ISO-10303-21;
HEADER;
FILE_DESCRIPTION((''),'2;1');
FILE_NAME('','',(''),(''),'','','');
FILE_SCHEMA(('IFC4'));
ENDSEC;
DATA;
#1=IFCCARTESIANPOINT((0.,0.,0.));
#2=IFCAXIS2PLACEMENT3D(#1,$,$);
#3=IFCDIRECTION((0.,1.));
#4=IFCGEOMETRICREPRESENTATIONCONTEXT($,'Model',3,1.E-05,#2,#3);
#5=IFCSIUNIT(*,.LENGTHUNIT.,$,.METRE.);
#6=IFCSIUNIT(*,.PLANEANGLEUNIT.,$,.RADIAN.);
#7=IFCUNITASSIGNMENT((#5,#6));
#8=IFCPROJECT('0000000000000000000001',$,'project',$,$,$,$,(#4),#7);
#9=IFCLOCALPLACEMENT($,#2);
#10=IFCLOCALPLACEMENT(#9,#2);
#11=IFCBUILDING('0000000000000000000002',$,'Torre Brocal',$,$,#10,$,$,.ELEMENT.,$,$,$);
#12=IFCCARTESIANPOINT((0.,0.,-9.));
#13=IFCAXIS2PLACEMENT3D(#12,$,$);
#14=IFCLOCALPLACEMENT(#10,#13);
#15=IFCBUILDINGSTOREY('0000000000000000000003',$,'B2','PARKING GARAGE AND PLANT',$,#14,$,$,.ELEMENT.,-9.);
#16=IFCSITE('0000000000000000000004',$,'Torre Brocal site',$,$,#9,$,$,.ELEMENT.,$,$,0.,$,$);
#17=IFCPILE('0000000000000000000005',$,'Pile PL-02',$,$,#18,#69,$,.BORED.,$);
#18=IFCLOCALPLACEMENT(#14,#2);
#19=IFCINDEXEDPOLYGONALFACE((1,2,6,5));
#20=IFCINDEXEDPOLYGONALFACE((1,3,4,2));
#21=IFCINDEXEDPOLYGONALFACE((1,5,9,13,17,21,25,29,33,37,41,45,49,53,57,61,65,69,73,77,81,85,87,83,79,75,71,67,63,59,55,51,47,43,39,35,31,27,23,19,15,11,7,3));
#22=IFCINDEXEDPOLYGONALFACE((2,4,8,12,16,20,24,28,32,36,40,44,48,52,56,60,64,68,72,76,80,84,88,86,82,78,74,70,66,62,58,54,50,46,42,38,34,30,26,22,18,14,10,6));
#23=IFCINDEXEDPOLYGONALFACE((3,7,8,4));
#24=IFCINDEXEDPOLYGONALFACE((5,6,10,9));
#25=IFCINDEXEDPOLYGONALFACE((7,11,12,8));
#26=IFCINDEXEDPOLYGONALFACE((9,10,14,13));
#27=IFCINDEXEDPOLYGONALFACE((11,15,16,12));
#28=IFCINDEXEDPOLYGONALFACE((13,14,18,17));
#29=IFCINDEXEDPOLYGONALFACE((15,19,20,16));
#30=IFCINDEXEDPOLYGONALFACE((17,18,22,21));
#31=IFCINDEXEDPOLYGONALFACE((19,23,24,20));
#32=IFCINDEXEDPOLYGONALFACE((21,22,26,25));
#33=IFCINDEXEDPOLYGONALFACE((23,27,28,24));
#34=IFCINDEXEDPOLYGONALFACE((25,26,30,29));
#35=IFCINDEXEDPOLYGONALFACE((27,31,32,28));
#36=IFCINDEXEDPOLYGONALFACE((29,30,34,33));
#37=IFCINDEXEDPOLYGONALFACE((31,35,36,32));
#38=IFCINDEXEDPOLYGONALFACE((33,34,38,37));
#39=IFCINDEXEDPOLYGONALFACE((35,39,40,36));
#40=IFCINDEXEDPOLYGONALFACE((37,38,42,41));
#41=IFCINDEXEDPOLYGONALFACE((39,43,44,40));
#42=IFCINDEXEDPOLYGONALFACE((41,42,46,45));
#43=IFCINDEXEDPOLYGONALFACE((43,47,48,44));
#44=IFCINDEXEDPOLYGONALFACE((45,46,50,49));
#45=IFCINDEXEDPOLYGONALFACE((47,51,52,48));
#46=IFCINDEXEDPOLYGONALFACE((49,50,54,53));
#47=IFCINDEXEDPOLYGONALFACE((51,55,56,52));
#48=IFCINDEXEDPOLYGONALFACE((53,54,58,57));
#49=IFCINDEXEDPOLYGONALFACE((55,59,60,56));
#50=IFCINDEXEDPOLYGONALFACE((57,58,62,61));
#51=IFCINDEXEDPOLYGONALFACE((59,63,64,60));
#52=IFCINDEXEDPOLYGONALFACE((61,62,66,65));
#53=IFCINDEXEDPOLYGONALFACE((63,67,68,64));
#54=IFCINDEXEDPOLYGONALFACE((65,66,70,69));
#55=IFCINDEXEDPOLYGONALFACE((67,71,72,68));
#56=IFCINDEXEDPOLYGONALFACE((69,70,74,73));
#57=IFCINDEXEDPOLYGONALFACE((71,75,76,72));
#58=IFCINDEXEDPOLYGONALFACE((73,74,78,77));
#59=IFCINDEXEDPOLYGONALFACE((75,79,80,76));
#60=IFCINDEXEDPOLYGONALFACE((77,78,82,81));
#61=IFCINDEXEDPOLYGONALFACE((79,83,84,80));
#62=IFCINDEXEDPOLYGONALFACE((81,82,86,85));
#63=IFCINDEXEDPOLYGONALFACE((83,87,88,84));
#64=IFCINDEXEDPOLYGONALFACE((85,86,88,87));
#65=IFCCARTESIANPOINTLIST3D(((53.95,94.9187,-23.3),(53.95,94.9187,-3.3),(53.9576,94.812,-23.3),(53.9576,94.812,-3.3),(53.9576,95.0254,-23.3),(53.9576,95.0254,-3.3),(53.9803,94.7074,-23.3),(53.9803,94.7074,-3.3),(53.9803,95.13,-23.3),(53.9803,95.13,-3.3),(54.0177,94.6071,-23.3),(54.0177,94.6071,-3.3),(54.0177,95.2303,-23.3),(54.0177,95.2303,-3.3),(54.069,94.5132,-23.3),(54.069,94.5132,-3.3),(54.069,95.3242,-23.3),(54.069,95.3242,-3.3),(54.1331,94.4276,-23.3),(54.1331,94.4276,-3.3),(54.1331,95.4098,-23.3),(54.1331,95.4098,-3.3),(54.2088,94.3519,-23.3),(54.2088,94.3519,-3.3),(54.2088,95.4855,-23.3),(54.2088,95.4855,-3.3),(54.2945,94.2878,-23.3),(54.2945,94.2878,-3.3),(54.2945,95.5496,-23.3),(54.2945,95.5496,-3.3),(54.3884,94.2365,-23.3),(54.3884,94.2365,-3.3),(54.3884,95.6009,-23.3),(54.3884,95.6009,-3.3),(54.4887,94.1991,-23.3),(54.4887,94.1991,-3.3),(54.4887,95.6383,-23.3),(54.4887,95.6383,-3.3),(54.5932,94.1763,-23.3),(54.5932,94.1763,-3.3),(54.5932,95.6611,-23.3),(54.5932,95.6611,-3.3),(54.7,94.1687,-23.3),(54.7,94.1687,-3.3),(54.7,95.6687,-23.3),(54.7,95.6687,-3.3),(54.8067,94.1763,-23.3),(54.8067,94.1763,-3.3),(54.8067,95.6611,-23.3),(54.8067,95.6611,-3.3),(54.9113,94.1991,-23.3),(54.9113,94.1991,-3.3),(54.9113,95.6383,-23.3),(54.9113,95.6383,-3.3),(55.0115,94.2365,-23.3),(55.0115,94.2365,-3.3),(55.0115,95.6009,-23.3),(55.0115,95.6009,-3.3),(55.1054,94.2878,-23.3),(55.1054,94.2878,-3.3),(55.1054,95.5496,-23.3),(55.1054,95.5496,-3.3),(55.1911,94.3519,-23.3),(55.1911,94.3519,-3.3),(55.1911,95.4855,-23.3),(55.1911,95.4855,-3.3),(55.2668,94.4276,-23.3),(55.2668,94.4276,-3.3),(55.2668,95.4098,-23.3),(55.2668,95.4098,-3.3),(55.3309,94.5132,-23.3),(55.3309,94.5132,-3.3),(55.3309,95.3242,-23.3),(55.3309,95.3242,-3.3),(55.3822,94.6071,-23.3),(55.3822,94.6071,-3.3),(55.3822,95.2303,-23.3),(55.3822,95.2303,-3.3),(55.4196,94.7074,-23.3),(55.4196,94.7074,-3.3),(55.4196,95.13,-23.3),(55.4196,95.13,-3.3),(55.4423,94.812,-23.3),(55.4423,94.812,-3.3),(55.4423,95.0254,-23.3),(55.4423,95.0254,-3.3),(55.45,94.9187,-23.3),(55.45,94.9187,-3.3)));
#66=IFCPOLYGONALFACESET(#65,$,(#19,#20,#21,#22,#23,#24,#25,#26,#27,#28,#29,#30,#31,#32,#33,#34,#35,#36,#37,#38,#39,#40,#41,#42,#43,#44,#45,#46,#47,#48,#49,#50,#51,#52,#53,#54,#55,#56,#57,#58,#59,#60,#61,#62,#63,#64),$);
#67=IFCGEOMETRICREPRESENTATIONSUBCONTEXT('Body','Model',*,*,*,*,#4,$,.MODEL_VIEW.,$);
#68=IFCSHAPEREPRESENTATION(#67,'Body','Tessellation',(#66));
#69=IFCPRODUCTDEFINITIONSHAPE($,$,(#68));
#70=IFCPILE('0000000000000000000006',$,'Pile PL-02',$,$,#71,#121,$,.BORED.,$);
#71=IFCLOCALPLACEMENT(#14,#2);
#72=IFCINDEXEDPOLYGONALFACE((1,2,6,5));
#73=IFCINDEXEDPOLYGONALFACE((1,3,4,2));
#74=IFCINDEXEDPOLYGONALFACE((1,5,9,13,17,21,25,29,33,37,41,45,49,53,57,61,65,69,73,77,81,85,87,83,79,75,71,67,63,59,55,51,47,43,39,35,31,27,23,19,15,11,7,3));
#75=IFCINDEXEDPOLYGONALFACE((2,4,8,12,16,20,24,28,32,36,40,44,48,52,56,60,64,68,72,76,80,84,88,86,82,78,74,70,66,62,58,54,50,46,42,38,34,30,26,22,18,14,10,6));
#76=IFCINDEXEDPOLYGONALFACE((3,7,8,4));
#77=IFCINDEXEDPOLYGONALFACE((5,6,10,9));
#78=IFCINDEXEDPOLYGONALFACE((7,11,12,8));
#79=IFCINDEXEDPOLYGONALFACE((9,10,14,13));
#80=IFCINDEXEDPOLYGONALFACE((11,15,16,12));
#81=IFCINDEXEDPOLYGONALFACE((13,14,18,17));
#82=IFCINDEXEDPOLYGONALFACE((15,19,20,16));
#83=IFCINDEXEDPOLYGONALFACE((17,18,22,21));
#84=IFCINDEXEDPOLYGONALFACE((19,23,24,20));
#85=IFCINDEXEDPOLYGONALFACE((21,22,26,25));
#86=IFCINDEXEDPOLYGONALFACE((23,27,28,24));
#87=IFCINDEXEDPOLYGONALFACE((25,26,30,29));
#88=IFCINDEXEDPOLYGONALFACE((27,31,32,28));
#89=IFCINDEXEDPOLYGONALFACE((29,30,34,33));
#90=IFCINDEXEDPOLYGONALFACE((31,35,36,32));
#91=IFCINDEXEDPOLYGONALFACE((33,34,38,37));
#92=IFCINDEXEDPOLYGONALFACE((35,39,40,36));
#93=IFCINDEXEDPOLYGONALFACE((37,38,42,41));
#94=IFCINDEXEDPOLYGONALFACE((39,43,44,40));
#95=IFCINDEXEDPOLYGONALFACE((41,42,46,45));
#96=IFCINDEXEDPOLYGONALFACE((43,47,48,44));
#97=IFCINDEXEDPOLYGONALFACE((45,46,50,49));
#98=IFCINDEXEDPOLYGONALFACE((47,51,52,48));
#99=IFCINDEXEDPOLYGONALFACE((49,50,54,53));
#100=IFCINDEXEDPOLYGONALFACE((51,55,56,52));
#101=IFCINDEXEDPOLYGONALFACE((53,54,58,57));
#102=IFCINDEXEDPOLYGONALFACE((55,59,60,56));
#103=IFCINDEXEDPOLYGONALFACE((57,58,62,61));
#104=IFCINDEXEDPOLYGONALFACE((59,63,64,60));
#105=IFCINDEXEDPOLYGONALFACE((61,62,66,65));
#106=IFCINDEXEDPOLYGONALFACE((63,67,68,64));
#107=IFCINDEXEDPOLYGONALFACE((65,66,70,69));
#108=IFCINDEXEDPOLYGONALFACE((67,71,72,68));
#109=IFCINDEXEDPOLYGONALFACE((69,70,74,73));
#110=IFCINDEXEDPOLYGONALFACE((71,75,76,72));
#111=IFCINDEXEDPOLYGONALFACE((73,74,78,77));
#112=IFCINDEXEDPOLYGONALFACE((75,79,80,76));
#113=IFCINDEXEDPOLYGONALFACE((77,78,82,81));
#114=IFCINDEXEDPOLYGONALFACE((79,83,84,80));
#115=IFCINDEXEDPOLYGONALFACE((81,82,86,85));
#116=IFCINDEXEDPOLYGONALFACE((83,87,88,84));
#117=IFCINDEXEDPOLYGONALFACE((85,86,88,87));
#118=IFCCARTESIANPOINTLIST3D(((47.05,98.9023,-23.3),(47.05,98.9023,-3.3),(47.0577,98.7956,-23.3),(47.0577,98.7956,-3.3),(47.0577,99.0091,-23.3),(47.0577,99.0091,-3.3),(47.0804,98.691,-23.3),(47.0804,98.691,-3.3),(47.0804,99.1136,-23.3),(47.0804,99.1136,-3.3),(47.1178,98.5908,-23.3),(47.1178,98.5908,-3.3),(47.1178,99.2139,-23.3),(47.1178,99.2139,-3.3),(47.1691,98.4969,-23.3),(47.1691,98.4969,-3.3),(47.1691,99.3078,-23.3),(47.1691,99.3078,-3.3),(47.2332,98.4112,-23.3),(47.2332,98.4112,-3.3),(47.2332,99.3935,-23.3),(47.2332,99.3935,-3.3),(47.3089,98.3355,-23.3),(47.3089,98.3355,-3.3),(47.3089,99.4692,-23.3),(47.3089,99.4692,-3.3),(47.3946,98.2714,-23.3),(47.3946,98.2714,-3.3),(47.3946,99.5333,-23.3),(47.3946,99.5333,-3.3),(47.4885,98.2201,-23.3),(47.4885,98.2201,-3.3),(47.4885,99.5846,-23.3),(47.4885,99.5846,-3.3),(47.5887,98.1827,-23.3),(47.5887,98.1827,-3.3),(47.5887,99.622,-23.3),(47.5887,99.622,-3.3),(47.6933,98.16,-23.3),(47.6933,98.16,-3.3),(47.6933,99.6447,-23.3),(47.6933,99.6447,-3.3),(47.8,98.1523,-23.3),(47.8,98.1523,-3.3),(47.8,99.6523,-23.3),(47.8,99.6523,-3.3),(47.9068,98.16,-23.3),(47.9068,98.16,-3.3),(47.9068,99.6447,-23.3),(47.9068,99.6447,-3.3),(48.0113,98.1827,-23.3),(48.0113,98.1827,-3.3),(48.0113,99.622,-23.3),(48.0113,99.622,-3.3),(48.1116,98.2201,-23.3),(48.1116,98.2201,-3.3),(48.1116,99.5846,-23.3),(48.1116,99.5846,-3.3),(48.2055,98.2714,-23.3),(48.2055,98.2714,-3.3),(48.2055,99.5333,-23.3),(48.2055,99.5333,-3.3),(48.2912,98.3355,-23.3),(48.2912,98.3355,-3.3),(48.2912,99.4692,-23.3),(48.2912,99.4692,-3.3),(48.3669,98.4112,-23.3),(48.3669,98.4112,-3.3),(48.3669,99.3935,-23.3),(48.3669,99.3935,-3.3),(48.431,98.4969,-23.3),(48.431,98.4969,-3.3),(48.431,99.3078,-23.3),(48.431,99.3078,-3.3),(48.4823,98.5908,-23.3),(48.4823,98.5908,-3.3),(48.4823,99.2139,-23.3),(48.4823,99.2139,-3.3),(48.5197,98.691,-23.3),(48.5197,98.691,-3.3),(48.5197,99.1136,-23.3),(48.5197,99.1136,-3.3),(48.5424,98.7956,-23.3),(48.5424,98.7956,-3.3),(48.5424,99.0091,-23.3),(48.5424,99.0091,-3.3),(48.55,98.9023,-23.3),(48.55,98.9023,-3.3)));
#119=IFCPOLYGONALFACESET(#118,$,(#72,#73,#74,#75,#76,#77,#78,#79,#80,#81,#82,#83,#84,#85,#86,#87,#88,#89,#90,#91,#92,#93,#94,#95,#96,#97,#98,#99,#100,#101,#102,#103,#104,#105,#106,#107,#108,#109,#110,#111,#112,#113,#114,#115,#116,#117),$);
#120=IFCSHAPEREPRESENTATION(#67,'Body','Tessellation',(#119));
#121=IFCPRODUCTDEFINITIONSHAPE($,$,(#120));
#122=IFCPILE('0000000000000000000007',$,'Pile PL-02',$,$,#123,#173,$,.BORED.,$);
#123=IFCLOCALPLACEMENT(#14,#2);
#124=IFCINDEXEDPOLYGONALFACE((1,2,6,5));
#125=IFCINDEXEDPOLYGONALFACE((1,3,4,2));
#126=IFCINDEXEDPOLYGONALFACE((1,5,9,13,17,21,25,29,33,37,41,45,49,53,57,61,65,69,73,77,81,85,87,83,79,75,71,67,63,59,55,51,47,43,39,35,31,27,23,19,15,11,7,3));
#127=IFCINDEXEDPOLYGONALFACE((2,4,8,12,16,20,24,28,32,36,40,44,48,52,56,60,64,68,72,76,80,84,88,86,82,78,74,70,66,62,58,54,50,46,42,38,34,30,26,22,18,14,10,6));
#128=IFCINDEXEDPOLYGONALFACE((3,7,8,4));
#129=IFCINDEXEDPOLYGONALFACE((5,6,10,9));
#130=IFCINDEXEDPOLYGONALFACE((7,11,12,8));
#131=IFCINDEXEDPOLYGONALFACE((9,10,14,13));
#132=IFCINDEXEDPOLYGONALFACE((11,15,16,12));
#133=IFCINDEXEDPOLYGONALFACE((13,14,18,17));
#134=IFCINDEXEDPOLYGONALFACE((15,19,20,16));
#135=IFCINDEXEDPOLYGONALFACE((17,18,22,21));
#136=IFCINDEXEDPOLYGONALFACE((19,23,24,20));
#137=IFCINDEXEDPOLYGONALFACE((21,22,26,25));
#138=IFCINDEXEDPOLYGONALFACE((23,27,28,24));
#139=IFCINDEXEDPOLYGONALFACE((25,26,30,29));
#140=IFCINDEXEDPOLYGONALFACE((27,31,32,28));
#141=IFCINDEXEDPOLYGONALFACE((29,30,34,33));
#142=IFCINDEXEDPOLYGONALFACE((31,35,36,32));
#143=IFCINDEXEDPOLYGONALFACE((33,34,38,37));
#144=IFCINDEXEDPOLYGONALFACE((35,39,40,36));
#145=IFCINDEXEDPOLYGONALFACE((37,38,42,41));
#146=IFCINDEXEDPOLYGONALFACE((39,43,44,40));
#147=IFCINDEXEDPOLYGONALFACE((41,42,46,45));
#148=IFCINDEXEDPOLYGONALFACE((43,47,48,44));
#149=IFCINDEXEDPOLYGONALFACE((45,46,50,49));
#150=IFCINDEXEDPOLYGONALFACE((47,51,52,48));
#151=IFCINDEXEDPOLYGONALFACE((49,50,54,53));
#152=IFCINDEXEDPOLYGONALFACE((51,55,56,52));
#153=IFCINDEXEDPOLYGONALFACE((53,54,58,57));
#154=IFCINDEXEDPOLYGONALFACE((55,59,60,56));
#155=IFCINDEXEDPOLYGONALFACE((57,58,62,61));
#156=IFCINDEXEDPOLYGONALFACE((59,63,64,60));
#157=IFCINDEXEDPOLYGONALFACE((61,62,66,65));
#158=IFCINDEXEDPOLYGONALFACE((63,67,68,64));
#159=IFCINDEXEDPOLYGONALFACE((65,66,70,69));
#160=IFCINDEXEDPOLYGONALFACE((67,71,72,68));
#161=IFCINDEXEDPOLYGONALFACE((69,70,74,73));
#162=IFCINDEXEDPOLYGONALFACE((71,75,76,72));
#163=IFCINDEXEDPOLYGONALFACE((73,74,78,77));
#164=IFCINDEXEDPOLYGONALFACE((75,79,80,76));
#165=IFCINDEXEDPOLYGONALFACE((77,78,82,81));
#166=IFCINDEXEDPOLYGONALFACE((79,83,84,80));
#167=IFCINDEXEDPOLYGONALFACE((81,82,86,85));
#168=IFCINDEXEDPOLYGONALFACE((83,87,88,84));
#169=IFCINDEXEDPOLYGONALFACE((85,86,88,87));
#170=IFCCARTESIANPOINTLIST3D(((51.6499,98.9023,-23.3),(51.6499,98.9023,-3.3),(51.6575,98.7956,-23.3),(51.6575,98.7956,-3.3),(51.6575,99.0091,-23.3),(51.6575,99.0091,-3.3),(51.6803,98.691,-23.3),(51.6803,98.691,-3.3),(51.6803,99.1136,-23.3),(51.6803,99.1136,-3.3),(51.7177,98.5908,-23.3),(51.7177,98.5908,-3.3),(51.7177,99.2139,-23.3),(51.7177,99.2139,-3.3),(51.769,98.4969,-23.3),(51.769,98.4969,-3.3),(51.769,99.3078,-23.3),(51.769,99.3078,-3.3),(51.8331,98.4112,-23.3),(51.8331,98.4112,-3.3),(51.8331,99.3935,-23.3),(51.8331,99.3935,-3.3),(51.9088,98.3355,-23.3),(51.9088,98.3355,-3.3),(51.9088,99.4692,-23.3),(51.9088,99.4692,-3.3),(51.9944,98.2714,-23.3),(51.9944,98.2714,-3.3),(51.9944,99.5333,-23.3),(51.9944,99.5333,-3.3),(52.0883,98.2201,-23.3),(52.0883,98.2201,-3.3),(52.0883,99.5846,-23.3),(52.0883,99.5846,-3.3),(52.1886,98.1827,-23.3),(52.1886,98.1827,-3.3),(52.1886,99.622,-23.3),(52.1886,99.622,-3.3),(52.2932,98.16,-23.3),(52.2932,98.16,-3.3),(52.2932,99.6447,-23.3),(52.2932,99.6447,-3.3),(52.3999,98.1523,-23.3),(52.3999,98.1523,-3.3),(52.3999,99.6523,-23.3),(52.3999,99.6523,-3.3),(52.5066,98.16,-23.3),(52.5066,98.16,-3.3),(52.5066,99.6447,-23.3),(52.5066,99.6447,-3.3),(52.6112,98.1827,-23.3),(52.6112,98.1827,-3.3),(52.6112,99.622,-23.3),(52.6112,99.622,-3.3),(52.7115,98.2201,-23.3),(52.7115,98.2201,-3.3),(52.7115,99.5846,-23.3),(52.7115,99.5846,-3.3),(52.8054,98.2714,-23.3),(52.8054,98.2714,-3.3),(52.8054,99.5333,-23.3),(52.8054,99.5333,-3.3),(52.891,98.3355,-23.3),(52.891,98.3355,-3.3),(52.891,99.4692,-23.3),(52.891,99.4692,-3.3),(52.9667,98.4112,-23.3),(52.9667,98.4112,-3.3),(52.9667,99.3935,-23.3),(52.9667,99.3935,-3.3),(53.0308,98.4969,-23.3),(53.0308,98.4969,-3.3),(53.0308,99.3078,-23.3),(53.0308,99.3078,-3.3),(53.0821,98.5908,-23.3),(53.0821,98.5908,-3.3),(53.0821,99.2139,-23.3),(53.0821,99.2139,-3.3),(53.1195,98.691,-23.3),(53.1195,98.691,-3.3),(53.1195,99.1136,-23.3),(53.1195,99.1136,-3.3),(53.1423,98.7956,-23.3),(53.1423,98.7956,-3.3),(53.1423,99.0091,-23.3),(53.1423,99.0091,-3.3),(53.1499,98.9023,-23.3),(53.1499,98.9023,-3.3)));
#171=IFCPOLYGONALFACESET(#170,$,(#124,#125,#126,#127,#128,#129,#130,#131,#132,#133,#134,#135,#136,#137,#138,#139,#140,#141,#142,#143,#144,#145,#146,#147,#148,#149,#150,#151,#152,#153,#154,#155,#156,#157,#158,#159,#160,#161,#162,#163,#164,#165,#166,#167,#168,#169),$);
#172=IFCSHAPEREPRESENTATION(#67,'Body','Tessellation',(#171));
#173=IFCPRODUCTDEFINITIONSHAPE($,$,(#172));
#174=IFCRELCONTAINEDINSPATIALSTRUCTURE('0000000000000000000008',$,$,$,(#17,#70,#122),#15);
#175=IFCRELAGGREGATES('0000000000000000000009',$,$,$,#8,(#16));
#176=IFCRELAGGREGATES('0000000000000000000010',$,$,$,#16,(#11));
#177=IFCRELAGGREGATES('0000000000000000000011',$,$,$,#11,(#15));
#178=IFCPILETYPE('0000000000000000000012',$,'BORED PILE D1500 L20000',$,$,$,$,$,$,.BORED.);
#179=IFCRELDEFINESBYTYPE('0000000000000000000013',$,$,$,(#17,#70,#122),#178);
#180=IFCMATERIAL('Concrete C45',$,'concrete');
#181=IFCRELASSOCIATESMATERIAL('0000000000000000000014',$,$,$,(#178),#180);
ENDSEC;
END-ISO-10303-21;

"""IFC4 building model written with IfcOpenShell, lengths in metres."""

from ifc_helpers import new_model, si_unit, direction, frame, origin, origin_2d, place, context, subcontext, project, spatial, circle, extrude, material, material_profile, profile_set, type_object, element, save


model = new_model("IFC4")

# Units and contexts
model_context = context("Model", 3, precision=1e-05, world=origin(), true_north=direction((0.0, 1.0)))
body_context = subcontext(model_context, "Body", "Model", "MODEL_VIEW")
ifc_project = project(units=[si_unit("LENGTHUNIT", "METRE"), si_unit("PLANEANGLEUNIT", "RADIAN")], contexts=[model_context])

# Site, building, storey
site_placement = place(None, origin())
site = spatial("IfcSite", under=ifc_project, at=site_placement, Name="Torre Brocal site", CompositionType="ELEMENT", RefElevation=0.0)
building_placement = place(site_placement, origin())
building = spatial("IfcBuilding", under=site, at=building_placement, Name="Torre Brocal", CompositionType="ELEMENT")
storey_placement = place(building_placement, frame((0.0, 0.0, -9.0)))
storey = spatial("IfcBuildingStorey", under=building, at=storey_placement, Name="B2", Description="PARKING GARAGE AND PLANT", CompositionType="ELEMENT", Elevation=-9.0)

# Piles
ifc_material_1 = material(Name="Concrete C45", Category="concrete")
ifc_material_profile_1 = material_profile(ifc_material_1, circle(Radius=0.75, at=origin_2d()), Name="BORED PILE D1500")
ifc_profile_set_1 = profile_set([ifc_material_profile_1], Name="Concrete C45")
pile_type_1 = type_object("IfcPileType", Name="BORED PILE D1500 L20000", PredefinedType="BORED", material=ifc_profile_set_1)
for number, where, z_axis, x_axis, name in (
    (1, (54.7, 94.9187, -3.3), (0.0, 0.0, -1.0), (1.0, 0.0, 0.0), "Pile PL-02"),
    (2, (47.8, 98.9023, -3.3), (0.0, 0.0, -1.0), (1.0, 0.0, 0.0), "Pile PL-02"),
    (3, (52.3999, 98.9023, -3.3), (0.0, 0.0, -1.0), (1.0, 0.0, 0.0), "Pile PL-02"),
):
    element("IfcPile", number, at=place(storey_placement, frame(where, z_axis=z_axis, x_axis=x_axis)), inside=storey, type_object=pile_type_1, Name=name, PredefinedType="BORED", context=body_context, shape_type="SweptSolid", body=[
        extrude(circle(Radius=0.75, at=origin_2d()), origin(), (0.0, 0.0, 1.0), 20.0),
    ])

save(model, "model.ifc")
